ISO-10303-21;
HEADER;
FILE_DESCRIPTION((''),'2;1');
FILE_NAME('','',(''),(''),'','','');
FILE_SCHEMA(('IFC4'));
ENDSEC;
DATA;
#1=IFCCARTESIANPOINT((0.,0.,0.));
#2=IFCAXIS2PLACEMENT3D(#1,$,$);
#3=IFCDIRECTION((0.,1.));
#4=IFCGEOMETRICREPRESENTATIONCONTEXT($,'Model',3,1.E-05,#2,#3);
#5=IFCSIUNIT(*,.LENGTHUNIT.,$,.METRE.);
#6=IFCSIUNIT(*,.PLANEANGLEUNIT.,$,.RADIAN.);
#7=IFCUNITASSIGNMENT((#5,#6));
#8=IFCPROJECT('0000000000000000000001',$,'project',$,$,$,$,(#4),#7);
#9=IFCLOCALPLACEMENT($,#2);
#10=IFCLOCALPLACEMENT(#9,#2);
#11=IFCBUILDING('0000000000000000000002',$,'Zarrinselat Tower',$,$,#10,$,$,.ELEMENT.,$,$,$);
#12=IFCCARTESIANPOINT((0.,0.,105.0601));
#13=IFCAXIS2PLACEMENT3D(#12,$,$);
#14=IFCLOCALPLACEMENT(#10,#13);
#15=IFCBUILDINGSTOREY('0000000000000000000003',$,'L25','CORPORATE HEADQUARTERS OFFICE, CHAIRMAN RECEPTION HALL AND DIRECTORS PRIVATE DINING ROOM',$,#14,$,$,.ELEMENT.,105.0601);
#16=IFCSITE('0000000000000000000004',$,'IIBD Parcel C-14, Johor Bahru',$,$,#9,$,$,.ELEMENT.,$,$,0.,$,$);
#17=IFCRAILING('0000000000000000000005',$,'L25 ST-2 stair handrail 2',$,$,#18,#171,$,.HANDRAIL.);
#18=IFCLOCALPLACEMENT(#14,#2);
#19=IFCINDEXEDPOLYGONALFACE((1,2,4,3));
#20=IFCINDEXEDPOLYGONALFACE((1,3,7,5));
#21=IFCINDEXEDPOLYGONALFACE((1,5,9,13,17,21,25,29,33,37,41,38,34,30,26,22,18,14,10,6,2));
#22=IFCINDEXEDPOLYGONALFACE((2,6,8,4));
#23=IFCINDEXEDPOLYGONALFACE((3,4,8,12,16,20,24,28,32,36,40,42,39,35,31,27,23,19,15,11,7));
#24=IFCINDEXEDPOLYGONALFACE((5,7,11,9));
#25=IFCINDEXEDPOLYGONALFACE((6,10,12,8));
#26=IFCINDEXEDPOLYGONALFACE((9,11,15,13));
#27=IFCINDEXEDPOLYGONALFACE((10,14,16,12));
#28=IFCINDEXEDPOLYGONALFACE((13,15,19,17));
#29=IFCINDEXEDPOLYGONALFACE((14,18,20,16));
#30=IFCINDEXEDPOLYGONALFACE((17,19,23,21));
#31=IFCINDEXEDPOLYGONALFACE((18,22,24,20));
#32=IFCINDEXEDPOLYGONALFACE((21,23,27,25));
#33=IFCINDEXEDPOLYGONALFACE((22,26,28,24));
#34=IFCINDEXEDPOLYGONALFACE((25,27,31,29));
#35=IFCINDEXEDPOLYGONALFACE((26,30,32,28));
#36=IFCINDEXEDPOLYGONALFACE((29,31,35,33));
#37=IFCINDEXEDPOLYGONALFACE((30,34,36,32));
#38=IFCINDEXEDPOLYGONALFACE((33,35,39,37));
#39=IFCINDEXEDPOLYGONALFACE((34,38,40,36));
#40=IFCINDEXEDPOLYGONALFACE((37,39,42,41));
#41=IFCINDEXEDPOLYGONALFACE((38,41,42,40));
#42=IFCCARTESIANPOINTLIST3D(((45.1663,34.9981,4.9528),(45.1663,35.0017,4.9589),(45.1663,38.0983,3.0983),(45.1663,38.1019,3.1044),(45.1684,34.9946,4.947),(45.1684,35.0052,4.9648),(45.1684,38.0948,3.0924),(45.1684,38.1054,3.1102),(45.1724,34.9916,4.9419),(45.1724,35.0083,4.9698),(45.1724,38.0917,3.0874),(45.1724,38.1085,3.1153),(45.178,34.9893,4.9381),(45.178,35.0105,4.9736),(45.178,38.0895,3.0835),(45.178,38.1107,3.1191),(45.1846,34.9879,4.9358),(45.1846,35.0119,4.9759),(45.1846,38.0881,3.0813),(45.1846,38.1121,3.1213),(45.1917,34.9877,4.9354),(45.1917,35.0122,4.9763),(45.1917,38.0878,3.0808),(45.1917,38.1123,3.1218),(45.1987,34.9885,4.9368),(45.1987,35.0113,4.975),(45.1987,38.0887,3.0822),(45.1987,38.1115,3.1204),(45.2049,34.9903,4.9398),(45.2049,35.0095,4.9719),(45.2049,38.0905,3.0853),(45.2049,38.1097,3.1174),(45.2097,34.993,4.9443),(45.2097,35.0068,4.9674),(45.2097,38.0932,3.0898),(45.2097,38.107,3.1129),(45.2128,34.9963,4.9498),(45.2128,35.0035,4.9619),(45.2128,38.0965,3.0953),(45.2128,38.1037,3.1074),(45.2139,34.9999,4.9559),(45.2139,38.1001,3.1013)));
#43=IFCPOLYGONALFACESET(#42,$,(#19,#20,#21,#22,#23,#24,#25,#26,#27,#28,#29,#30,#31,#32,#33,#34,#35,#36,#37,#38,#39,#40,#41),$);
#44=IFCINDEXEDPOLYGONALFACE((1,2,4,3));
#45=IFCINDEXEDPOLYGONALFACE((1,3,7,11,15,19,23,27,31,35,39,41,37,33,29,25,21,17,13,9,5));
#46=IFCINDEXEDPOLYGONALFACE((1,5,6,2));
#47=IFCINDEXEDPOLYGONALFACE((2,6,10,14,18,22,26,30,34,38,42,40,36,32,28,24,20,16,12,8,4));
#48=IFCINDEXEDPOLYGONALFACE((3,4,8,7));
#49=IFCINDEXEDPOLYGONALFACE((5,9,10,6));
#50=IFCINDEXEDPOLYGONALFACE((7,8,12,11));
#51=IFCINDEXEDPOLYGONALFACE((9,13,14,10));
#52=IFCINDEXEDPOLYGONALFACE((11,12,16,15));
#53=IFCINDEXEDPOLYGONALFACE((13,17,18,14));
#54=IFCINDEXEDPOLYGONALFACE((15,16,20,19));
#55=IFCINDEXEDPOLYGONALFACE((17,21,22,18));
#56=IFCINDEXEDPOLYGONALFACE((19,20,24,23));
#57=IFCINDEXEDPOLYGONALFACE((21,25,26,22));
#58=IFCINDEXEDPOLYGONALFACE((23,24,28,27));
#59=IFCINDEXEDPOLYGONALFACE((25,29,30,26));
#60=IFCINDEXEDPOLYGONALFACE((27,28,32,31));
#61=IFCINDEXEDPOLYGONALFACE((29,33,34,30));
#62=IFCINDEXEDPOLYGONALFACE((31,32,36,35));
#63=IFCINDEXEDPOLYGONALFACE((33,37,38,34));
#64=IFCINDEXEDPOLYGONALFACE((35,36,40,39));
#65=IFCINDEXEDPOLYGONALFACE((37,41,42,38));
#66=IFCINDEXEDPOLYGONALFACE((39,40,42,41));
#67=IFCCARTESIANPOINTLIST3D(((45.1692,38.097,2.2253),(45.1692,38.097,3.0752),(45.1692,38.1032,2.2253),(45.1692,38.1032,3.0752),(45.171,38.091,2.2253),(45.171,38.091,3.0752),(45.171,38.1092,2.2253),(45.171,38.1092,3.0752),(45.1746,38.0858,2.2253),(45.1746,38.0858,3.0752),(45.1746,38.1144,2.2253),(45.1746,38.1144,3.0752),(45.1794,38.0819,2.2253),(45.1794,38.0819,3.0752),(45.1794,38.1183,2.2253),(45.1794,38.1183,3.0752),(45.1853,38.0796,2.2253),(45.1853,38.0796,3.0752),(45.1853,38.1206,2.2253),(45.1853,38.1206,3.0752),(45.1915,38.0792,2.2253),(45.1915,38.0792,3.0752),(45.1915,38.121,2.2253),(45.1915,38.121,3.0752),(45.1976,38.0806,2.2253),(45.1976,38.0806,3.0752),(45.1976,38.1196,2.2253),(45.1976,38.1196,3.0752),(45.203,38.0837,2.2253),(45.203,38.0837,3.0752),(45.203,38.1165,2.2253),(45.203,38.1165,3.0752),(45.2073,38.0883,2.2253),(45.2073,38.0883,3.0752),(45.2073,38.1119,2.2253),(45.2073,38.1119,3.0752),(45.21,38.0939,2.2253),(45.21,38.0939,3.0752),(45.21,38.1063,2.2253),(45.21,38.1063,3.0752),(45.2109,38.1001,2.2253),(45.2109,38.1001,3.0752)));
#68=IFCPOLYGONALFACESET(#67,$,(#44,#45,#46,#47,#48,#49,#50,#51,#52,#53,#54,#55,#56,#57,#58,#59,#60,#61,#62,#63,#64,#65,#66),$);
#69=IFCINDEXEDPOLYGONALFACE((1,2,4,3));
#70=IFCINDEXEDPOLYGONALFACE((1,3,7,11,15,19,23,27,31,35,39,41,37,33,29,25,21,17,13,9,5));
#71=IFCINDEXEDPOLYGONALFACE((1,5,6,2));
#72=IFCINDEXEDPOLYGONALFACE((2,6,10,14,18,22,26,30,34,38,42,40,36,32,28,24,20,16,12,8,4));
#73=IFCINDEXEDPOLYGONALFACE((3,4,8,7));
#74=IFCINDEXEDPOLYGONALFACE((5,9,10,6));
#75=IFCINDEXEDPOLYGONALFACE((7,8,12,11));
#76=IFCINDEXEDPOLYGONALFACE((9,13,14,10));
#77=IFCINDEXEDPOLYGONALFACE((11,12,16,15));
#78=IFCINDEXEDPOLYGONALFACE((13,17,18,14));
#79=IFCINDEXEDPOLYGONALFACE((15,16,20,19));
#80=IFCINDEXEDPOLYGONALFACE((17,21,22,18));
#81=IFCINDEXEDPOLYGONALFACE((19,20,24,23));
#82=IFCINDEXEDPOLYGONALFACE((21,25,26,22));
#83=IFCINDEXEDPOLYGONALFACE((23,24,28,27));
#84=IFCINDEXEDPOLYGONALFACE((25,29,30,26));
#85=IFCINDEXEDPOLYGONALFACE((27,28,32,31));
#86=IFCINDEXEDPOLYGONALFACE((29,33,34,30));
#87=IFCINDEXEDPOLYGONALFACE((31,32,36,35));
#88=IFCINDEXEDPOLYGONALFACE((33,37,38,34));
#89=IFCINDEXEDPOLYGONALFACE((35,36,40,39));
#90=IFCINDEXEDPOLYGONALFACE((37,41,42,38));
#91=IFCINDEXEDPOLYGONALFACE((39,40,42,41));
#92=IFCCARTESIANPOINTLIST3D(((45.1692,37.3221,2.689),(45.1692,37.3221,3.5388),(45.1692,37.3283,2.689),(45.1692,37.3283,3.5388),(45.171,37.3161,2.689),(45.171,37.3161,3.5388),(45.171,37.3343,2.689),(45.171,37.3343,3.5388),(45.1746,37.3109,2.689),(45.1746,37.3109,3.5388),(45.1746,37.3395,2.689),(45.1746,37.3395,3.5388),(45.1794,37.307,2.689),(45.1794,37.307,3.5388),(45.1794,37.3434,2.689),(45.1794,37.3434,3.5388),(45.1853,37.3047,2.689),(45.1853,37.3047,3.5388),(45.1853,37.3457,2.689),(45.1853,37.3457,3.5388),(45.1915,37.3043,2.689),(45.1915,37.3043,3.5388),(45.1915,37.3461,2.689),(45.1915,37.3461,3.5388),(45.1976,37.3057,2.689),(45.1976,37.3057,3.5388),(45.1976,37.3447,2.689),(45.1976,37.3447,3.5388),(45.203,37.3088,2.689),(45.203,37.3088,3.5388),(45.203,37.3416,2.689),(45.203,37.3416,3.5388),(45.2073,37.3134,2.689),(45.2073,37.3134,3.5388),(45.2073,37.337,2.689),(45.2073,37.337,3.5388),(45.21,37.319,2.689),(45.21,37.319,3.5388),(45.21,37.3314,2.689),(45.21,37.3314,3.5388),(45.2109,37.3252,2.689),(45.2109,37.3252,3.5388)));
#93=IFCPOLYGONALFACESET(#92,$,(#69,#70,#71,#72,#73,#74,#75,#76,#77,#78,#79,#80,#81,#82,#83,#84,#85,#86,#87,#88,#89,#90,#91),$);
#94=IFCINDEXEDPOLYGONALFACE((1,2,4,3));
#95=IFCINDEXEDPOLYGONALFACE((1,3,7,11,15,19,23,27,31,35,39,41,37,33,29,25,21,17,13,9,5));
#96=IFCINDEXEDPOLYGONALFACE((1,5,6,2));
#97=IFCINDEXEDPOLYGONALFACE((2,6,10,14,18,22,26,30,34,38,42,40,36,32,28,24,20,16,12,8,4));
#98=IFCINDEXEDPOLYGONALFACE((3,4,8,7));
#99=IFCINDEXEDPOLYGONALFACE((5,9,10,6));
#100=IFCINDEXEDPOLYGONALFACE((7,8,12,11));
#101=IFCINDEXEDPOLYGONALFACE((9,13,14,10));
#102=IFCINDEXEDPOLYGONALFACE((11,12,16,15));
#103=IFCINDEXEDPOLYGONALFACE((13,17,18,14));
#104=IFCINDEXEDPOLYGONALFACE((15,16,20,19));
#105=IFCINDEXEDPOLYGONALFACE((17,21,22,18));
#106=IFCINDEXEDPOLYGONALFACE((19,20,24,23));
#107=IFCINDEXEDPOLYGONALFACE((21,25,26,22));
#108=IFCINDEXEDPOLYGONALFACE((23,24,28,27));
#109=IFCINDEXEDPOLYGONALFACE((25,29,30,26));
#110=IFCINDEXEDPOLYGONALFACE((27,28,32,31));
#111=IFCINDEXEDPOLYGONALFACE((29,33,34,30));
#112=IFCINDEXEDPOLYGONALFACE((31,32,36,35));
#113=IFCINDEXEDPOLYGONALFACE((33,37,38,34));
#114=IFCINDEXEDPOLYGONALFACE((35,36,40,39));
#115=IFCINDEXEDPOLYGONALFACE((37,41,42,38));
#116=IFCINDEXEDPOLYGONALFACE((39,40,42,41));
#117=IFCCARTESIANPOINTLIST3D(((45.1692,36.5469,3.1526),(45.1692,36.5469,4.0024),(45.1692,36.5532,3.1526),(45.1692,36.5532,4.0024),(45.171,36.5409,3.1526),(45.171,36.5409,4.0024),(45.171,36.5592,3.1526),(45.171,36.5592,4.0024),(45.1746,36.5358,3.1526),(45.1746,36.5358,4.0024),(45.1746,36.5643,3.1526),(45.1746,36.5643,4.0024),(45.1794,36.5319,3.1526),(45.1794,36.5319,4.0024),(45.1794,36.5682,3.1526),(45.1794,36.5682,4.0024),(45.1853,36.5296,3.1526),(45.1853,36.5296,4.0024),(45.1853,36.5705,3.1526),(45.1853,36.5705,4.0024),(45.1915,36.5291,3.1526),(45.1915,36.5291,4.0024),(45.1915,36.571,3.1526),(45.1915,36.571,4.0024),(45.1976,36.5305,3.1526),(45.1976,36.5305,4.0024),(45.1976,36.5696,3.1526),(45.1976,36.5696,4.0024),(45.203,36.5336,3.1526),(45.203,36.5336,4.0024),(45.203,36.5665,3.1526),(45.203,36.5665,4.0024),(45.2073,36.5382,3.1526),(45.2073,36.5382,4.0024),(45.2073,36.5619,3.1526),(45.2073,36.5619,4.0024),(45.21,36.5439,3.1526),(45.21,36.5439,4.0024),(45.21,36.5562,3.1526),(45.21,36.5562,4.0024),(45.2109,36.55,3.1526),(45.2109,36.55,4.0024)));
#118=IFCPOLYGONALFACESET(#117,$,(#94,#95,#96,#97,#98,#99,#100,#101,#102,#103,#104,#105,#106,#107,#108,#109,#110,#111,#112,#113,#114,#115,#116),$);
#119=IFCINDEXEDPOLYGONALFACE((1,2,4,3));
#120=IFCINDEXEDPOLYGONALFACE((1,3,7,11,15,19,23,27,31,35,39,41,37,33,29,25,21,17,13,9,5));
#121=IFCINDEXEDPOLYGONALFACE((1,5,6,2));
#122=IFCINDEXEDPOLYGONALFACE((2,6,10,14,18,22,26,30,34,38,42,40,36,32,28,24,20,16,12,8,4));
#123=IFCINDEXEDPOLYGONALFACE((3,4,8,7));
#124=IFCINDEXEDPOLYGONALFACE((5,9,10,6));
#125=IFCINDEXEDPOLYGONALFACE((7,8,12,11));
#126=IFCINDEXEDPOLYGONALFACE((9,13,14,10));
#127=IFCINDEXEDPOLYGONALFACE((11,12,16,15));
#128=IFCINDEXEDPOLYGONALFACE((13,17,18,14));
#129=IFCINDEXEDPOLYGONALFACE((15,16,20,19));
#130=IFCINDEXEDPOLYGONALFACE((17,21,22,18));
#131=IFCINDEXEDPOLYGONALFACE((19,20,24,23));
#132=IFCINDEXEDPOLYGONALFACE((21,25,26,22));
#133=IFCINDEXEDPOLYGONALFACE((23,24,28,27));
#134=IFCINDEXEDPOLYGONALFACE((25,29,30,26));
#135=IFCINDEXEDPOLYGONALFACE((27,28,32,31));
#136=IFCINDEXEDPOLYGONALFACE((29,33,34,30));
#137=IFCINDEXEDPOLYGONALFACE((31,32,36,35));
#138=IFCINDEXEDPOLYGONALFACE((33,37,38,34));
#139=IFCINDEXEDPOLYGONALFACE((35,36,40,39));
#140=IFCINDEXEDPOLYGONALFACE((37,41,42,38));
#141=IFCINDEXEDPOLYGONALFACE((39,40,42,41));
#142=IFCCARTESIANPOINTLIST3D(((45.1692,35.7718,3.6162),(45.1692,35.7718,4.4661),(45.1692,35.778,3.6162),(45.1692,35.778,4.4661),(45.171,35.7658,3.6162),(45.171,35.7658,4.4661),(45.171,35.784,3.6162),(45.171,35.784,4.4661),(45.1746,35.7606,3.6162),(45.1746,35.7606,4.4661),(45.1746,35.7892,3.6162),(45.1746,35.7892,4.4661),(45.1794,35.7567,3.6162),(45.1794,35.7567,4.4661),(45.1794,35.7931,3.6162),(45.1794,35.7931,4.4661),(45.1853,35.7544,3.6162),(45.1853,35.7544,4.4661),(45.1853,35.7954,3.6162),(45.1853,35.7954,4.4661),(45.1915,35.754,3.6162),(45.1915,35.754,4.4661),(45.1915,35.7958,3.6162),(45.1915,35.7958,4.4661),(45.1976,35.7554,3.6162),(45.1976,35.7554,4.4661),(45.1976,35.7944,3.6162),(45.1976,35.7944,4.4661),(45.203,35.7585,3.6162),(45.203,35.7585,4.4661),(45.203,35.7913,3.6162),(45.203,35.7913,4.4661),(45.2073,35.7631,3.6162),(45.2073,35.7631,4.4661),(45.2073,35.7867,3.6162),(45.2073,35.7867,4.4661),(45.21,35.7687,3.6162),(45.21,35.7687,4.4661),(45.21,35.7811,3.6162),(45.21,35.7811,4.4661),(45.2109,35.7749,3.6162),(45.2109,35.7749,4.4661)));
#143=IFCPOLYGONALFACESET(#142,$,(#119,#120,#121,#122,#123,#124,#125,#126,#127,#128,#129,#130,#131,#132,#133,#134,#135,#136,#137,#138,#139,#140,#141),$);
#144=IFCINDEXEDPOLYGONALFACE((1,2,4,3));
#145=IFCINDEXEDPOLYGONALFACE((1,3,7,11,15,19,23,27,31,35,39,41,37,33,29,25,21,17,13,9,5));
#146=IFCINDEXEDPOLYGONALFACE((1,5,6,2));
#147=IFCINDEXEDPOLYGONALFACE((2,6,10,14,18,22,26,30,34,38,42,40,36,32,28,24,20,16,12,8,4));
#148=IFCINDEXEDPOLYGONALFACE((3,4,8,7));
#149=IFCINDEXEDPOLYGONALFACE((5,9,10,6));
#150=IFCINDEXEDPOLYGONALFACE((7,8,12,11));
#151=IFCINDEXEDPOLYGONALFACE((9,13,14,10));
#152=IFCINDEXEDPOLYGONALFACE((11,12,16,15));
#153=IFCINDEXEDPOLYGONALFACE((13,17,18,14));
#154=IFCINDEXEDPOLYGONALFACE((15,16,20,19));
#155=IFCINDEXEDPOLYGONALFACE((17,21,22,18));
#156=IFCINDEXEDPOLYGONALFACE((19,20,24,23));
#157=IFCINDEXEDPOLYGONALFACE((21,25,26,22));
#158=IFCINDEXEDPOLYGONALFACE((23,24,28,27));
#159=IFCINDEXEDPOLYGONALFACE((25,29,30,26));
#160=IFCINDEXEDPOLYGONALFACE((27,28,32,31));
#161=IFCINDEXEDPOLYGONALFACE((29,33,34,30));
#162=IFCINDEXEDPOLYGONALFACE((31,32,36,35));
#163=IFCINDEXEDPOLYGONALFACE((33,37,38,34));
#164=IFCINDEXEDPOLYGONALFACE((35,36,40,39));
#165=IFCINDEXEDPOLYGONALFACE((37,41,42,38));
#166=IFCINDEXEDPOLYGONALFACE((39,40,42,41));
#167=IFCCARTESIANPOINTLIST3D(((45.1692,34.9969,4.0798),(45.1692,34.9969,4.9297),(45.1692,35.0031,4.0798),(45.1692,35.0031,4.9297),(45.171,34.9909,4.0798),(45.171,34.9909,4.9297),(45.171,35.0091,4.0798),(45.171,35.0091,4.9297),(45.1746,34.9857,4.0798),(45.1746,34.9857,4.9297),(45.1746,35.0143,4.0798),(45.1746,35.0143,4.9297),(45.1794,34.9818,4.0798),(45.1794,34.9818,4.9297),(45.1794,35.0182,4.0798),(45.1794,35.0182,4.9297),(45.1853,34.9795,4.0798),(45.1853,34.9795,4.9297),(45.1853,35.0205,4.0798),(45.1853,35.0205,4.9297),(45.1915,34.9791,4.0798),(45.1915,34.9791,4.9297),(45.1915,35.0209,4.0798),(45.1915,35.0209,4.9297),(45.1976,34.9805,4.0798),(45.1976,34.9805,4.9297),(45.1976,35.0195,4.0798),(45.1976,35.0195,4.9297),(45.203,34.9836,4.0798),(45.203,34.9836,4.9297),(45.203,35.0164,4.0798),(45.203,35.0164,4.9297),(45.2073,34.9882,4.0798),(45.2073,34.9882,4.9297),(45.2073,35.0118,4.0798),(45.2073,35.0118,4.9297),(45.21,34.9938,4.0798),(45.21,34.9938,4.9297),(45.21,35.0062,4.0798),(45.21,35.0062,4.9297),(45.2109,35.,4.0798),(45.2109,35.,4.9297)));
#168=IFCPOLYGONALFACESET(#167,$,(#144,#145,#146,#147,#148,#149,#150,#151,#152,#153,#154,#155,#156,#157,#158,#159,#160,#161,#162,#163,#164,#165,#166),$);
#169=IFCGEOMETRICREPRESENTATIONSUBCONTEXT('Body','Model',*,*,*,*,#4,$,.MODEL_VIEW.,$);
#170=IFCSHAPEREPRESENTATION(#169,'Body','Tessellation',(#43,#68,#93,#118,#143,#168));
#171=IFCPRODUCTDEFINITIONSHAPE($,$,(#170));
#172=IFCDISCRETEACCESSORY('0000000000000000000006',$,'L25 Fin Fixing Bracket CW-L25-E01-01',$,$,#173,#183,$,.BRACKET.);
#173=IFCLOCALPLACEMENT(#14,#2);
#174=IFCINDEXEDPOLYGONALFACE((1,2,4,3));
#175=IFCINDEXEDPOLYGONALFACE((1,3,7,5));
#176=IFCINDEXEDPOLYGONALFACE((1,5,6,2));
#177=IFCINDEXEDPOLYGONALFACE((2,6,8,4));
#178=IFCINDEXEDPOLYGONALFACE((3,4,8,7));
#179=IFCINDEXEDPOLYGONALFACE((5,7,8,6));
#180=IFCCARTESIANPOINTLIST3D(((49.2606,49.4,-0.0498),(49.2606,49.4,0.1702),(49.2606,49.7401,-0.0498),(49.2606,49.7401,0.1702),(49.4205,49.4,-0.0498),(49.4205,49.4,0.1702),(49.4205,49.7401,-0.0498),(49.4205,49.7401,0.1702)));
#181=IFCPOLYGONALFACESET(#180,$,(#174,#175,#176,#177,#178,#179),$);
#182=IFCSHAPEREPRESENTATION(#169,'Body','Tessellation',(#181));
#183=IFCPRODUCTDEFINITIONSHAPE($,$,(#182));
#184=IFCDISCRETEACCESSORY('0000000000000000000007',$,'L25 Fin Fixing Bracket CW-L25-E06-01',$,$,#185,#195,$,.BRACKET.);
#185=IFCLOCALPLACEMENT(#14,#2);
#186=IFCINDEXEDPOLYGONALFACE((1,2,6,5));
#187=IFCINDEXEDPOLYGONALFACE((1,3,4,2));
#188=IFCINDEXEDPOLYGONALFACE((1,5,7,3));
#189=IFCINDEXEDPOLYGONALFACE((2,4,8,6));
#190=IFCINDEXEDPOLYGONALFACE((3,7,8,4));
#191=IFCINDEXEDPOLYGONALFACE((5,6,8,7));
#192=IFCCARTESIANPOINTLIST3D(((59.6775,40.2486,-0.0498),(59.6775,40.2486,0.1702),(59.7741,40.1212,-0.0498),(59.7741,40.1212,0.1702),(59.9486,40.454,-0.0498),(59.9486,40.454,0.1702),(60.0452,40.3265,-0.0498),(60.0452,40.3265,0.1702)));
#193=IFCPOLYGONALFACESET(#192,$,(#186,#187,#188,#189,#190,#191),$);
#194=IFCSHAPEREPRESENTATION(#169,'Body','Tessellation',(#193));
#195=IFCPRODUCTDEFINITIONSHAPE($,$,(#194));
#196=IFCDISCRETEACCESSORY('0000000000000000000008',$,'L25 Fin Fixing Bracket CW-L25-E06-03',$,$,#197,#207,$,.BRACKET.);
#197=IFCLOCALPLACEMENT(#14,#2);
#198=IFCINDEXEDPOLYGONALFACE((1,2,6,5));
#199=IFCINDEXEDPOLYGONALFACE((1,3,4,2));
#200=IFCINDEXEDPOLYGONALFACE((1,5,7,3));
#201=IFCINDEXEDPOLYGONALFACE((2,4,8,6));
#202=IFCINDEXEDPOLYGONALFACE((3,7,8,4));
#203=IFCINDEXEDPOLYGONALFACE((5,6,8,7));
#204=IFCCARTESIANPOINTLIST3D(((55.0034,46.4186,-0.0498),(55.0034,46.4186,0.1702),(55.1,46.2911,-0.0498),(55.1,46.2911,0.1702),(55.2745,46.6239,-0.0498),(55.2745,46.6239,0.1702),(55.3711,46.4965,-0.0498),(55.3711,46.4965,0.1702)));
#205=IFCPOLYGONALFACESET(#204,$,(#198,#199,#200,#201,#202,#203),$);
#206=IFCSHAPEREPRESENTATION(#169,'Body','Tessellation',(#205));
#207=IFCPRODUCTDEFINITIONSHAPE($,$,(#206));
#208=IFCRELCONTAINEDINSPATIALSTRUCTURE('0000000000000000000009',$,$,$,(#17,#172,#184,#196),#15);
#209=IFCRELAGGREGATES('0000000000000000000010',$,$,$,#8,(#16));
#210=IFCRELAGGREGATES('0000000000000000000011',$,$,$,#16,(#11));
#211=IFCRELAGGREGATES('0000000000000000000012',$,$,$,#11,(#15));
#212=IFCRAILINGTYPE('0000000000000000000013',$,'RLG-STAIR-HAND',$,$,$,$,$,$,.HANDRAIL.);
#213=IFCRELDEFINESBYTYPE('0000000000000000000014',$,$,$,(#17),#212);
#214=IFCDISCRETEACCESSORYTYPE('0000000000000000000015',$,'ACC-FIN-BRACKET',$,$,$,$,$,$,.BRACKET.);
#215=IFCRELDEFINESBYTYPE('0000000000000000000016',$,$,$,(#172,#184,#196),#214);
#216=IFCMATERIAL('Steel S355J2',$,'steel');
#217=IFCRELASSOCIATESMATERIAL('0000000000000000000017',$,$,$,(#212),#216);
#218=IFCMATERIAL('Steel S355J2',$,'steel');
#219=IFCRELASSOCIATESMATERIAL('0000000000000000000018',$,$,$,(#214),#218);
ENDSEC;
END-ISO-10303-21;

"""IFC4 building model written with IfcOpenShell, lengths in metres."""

from ifc_helpers import new_model, si_unit, direction, frame, origin, origin_2d, place, context, subcontext, project, spatial, rectangle, circle, extrude, material, type_object, element, save


model = new_model("IFC4")

# Units and contexts
model_context = context("Model", 3, precision=1e-05, world=origin(), true_north=direction((0.0, 1.0)))
body_context = subcontext(model_context, "Body", "Model", "MODEL_VIEW")
ifc_project = project(units=[si_unit("LENGTHUNIT", "METRE"), si_unit("PLANEANGLEUNIT", "RADIAN")], contexts=[model_context])

# Site, building, storey
site_placement = place(None, origin())
site = spatial("IfcSite", under=ifc_project, at=site_placement, Name="IIBD Parcel C-14, Johor Bahru", CompositionType="ELEMENT", RefElevation=0.0)
building_placement = place(site_placement, origin())
building = spatial("IfcBuilding", under=site, at=building_placement, Name="Zarrinselat Tower", CompositionType="ELEMENT")
storey_placement = place(building_placement, frame((0.0, 0.0, 105.0601)))
storey = spatial("IfcBuildingStorey", under=building, at=storey_placement, Name="L25", Description="CORPORATE HEADQUARTERS OFFICE, CHAIRMAN RECEPTION HALL AND DIRECTORS PRIVATE DINING ROOM", CompositionType="ELEMENT", Elevation=105.0601)

# Railing
ifc_material_1 = material(Name="Steel S355J2", Category="steel")
railing_type_1 = type_object("IfcRailingType", Name="RLG-STAIR-HAND", PredefinedType="HANDRAIL", material=ifc_material_1)
railing_1_placement = place(storey_placement, frame((45.1899, 38.1001, 2.2253)))
element("IfcRailing", 1, at=railing_1_placement, inside=storey, type_object=railing_type_1, Name="L25 ST-2 stair handrail 2", PredefinedType="HANDRAIL", context=body_context, shape_type="SweptSolid", body=[
    extrude(circle(Radius=0.0239, at=origin_2d()), frame((0.0, 0.0, 0.876), z_axis=(0.0, -0.858172, 0.513362), x_axis=(1.0, 0.0, 0.0)), (0.0, 0.0, 1.0), 3.6125),
    extrude(circle(Radius=0.021, at=origin_2d()), origin(), (0.0, 0.0, 1.0), 0.8499),
    extrude(circle(Radius=0.021, at=origin_2d()), frame((0.0, -0.7749, 0.4636)), (0.0, 0.0, 1.0), 0.8499),
    extrude(circle(Radius=0.021, at=origin_2d()), frame((0.0, -1.55, 0.9272)), (0.0, 0.0, 1.0), 0.8499),
    extrude(circle(Radius=0.021, at=origin_2d()), frame((0.0, -2.3252, 1.3909)), (0.0, 0.0, 1.0), 0.8499),
    extrude(circle(Radius=0.021, at=origin_2d()), frame((0.0, -3.1001, 1.8545)), (0.0, 0.0, 1.0), 0.8499),
])

# Discrete accessories
ifc_material_2 = material(Name="Steel S355J2", Category="steel")
discrete_accessory_type = type_object("IfcDiscreteAccessoryType", Name="ACC-FIN-BRACKET", PredefinedType="BRACKET", material=ifc_material_2)
for number, where, z_axis, x_axis, name in (
    (2, (49.3406, 49.5701, -0.0498), (0.0, 0.0, 1.0), (0.0, 1.0, 0.0), "L25 Fin Fixing Bracket CW-L25-E01-01"),
    (3, (59.8613, 40.2876, -0.0498), (0.0, 0.0, 1.0), (0.797092, 0.603858, 0.0), "L25 Fin Fixing Bracket CW-L25-E06-01"),
    (4, (55.1873, 46.4575, -0.0498), (0.0, 0.0, 1.0), (0.797092, 0.603858, 0.0), "L25 Fin Fixing Bracket CW-L25-E06-03"),
):
    element("IfcDiscreteAccessory", number, at=place(storey_placement, frame(where, z_axis=z_axis, x_axis=x_axis)), inside=storey, type_object=discrete_accessory_type, Name=name, PredefinedType="BRACKET", context=body_context, shape_type="SweptSolid", body=[
        extrude(rectangle(XDim=0.3401, YDim=0.1599, at=origin_2d()), origin(), (0.0, 0.0, 1.0), 0.22),
    ])

save(model, "model.ifc")
